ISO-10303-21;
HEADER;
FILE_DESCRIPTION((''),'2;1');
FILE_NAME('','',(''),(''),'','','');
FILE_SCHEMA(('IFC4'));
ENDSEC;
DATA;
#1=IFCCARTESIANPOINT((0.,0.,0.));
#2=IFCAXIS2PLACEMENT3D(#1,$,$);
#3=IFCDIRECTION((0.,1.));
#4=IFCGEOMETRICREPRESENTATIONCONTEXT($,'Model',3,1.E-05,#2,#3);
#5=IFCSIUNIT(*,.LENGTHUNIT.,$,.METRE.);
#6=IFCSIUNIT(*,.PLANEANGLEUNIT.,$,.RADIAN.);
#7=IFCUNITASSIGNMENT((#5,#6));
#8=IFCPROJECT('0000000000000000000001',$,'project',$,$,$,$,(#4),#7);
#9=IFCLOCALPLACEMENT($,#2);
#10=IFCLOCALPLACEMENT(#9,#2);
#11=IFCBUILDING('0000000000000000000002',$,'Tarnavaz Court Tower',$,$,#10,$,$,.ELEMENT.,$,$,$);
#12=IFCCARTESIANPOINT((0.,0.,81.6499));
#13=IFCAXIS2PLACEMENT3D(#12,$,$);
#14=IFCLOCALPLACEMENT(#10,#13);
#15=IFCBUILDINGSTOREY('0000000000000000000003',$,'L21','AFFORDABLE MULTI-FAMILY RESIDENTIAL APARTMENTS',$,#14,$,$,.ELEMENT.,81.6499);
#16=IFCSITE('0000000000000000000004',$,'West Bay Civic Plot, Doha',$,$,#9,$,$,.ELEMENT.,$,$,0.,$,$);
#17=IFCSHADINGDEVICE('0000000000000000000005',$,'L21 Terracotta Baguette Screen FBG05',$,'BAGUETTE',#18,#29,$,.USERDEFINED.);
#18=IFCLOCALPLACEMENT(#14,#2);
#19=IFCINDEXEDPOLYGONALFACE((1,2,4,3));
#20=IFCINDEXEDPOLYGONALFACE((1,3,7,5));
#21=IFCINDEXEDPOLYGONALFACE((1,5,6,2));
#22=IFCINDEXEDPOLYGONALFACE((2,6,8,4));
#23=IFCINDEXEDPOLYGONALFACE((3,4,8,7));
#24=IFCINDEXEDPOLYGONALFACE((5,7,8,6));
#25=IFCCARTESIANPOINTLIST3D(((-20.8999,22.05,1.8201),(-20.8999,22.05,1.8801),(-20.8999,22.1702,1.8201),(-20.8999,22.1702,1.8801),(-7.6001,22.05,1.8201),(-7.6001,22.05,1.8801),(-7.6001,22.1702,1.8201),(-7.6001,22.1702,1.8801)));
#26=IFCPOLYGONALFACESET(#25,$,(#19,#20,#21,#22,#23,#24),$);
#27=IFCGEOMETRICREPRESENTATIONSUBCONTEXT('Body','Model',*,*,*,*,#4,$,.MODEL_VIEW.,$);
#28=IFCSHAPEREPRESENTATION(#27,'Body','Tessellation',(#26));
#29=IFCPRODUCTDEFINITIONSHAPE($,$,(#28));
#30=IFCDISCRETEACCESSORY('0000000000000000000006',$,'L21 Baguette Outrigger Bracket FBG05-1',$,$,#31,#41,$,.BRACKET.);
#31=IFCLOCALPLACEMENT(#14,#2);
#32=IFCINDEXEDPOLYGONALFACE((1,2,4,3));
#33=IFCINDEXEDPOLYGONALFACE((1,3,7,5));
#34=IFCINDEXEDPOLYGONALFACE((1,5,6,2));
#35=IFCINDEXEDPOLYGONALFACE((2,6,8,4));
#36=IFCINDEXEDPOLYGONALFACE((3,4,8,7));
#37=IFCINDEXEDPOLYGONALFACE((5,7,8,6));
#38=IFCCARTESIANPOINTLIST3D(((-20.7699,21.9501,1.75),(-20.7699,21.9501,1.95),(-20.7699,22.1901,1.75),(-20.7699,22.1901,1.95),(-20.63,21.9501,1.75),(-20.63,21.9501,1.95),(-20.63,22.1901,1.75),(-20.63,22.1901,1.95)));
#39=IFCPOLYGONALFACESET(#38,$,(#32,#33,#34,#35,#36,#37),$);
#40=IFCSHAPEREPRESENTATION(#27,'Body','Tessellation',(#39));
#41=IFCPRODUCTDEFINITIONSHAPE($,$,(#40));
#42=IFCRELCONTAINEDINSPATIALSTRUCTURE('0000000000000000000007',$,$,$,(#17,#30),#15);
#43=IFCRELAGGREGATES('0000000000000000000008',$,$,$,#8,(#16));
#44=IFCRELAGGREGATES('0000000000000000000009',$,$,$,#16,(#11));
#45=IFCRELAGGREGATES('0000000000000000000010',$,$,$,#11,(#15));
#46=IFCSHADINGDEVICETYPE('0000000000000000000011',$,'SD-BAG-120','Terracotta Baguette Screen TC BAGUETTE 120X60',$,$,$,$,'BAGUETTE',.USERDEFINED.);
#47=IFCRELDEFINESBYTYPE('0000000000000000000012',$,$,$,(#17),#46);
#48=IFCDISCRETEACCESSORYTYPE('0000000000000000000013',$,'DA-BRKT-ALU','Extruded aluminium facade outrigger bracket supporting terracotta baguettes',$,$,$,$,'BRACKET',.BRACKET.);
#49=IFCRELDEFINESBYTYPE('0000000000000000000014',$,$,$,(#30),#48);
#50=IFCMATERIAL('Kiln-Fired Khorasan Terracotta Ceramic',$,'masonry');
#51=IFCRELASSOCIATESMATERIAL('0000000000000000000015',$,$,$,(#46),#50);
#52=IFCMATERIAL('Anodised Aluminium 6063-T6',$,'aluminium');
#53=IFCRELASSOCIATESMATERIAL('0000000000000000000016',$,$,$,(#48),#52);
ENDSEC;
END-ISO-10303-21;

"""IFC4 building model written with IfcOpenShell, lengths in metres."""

from ifc_helpers import new_model, si_unit, direction, frame, origin, origin_2d, place, context, subcontext, project, spatial, rectangle, extrude, material, material_profile, profile_set, type_object, element, save


model = new_model("IFC4")

# Units and contexts
model_context = context("Model", 3, precision=1e-05, world=origin(), true_north=direction((0.0, 1.0)))
body_context = subcontext(model_context, "Body", "Model", "MODEL_VIEW")
ifc_project = project(units=[si_unit("LENGTHUNIT", "METRE"), si_unit("PLANEANGLEUNIT", "RADIAN")], contexts=[model_context])

# Site, building, storey
site_placement = place(None, origin())
site = spatial("IfcSite", under=ifc_project, at=site_placement, Name="West Bay Civic Plot, Doha", CompositionType="ELEMENT", RefElevation=0.0)
building_placement = place(site_placement, origin())
building = spatial("IfcBuilding", under=site, at=building_placement, Name="Tarnavaz Court Tower", CompositionType="ELEMENT")
storey_placement = place(building_placement, frame((0.0, 0.0, 81.6499)))
storey = spatial("IfcBuildingStorey", under=building, at=storey_placement, Name="L21", Description="AFFORDABLE MULTI-FAMILY RESIDENTIAL APARTMENTS", CompositionType="ELEMENT", Elevation=81.6499)

# Shading device
ifc_material_1 = material(Name="Kiln-Fired Khorasan Terracotta Ceramic", Category="masonry")
ifc_material_profile_1 = material_profile(ifc_material_1, rectangle(XDim=0.1201, YDim=0.0601, at=origin_2d()), Name="TC BAGUETTE 120X60")
ifc_profile_set_1 = profile_set([ifc_material_profile_1], Name="Kiln-Fired Khorasan Terracotta Ceramic")
shading_device_type = type_object("IfcShadingDeviceType", Name="SD-BAG-120", Description="Terracotta Baguette Screen TC BAGUETTE 120X60", ElementType="BAGUETTE", PredefinedType="USERDEFINED", material=ifc_profile_set_1)
shading_device_placement = place(storey_placement, frame((-20.8999, 22.1101, 1.8501), z_axis=(1.0, 0.0, 0.0), x_axis=(0.0, 1.0, 0.0)))
element("IfcShadingDevice", 1, at=shading_device_placement, inside=storey, type_object=shading_device_type, Name="L21 Terracotta Baguette Screen FBG05", ObjectType="BAGUETTE", PredefinedType="USERDEFINED", context=body_context, shape_type="SweptSolid", body=[
    extrude(rectangle(XDim=0.1201, YDim=0.0601, at=origin_2d()), origin(), (0.0, 0.0, 1.0), 13.2998),
])

# Discrete accessory
ifc_material_2 = material(Name="Anodised Aluminium 6063-T6", Category="aluminium")
discrete_accessory_type = type_object("IfcDiscreteAccessoryType", Name="DA-BRKT-ALU", Description="Extruded aluminium facade outrigger bracket supporting terracotta baguettes", ElementType="BRACKET", PredefinedType="BRACKET", material=ifc_material_2)
discrete_accessory_placement = place(storey_placement, frame((-20.7, 22.0701, 1.75), z_axis=(0.0, 0.0, 1.0), x_axis=(1.0, 0.0, 0.0)))
element("IfcDiscreteAccessory", 2, at=discrete_accessory_placement, inside=storey, type_object=discrete_accessory_type, Name="L21 Baguette Outrigger Bracket FBG05-1", PredefinedType="BRACKET", context=body_context, shape_type="SweptSolid", body=[
    extrude(rectangle(XDim=0.1399, YDim=0.24, at=origin_2d()), origin(), (0.0, 0.0, 1.0), 0.2),
])

save(model, "model.ifc")
